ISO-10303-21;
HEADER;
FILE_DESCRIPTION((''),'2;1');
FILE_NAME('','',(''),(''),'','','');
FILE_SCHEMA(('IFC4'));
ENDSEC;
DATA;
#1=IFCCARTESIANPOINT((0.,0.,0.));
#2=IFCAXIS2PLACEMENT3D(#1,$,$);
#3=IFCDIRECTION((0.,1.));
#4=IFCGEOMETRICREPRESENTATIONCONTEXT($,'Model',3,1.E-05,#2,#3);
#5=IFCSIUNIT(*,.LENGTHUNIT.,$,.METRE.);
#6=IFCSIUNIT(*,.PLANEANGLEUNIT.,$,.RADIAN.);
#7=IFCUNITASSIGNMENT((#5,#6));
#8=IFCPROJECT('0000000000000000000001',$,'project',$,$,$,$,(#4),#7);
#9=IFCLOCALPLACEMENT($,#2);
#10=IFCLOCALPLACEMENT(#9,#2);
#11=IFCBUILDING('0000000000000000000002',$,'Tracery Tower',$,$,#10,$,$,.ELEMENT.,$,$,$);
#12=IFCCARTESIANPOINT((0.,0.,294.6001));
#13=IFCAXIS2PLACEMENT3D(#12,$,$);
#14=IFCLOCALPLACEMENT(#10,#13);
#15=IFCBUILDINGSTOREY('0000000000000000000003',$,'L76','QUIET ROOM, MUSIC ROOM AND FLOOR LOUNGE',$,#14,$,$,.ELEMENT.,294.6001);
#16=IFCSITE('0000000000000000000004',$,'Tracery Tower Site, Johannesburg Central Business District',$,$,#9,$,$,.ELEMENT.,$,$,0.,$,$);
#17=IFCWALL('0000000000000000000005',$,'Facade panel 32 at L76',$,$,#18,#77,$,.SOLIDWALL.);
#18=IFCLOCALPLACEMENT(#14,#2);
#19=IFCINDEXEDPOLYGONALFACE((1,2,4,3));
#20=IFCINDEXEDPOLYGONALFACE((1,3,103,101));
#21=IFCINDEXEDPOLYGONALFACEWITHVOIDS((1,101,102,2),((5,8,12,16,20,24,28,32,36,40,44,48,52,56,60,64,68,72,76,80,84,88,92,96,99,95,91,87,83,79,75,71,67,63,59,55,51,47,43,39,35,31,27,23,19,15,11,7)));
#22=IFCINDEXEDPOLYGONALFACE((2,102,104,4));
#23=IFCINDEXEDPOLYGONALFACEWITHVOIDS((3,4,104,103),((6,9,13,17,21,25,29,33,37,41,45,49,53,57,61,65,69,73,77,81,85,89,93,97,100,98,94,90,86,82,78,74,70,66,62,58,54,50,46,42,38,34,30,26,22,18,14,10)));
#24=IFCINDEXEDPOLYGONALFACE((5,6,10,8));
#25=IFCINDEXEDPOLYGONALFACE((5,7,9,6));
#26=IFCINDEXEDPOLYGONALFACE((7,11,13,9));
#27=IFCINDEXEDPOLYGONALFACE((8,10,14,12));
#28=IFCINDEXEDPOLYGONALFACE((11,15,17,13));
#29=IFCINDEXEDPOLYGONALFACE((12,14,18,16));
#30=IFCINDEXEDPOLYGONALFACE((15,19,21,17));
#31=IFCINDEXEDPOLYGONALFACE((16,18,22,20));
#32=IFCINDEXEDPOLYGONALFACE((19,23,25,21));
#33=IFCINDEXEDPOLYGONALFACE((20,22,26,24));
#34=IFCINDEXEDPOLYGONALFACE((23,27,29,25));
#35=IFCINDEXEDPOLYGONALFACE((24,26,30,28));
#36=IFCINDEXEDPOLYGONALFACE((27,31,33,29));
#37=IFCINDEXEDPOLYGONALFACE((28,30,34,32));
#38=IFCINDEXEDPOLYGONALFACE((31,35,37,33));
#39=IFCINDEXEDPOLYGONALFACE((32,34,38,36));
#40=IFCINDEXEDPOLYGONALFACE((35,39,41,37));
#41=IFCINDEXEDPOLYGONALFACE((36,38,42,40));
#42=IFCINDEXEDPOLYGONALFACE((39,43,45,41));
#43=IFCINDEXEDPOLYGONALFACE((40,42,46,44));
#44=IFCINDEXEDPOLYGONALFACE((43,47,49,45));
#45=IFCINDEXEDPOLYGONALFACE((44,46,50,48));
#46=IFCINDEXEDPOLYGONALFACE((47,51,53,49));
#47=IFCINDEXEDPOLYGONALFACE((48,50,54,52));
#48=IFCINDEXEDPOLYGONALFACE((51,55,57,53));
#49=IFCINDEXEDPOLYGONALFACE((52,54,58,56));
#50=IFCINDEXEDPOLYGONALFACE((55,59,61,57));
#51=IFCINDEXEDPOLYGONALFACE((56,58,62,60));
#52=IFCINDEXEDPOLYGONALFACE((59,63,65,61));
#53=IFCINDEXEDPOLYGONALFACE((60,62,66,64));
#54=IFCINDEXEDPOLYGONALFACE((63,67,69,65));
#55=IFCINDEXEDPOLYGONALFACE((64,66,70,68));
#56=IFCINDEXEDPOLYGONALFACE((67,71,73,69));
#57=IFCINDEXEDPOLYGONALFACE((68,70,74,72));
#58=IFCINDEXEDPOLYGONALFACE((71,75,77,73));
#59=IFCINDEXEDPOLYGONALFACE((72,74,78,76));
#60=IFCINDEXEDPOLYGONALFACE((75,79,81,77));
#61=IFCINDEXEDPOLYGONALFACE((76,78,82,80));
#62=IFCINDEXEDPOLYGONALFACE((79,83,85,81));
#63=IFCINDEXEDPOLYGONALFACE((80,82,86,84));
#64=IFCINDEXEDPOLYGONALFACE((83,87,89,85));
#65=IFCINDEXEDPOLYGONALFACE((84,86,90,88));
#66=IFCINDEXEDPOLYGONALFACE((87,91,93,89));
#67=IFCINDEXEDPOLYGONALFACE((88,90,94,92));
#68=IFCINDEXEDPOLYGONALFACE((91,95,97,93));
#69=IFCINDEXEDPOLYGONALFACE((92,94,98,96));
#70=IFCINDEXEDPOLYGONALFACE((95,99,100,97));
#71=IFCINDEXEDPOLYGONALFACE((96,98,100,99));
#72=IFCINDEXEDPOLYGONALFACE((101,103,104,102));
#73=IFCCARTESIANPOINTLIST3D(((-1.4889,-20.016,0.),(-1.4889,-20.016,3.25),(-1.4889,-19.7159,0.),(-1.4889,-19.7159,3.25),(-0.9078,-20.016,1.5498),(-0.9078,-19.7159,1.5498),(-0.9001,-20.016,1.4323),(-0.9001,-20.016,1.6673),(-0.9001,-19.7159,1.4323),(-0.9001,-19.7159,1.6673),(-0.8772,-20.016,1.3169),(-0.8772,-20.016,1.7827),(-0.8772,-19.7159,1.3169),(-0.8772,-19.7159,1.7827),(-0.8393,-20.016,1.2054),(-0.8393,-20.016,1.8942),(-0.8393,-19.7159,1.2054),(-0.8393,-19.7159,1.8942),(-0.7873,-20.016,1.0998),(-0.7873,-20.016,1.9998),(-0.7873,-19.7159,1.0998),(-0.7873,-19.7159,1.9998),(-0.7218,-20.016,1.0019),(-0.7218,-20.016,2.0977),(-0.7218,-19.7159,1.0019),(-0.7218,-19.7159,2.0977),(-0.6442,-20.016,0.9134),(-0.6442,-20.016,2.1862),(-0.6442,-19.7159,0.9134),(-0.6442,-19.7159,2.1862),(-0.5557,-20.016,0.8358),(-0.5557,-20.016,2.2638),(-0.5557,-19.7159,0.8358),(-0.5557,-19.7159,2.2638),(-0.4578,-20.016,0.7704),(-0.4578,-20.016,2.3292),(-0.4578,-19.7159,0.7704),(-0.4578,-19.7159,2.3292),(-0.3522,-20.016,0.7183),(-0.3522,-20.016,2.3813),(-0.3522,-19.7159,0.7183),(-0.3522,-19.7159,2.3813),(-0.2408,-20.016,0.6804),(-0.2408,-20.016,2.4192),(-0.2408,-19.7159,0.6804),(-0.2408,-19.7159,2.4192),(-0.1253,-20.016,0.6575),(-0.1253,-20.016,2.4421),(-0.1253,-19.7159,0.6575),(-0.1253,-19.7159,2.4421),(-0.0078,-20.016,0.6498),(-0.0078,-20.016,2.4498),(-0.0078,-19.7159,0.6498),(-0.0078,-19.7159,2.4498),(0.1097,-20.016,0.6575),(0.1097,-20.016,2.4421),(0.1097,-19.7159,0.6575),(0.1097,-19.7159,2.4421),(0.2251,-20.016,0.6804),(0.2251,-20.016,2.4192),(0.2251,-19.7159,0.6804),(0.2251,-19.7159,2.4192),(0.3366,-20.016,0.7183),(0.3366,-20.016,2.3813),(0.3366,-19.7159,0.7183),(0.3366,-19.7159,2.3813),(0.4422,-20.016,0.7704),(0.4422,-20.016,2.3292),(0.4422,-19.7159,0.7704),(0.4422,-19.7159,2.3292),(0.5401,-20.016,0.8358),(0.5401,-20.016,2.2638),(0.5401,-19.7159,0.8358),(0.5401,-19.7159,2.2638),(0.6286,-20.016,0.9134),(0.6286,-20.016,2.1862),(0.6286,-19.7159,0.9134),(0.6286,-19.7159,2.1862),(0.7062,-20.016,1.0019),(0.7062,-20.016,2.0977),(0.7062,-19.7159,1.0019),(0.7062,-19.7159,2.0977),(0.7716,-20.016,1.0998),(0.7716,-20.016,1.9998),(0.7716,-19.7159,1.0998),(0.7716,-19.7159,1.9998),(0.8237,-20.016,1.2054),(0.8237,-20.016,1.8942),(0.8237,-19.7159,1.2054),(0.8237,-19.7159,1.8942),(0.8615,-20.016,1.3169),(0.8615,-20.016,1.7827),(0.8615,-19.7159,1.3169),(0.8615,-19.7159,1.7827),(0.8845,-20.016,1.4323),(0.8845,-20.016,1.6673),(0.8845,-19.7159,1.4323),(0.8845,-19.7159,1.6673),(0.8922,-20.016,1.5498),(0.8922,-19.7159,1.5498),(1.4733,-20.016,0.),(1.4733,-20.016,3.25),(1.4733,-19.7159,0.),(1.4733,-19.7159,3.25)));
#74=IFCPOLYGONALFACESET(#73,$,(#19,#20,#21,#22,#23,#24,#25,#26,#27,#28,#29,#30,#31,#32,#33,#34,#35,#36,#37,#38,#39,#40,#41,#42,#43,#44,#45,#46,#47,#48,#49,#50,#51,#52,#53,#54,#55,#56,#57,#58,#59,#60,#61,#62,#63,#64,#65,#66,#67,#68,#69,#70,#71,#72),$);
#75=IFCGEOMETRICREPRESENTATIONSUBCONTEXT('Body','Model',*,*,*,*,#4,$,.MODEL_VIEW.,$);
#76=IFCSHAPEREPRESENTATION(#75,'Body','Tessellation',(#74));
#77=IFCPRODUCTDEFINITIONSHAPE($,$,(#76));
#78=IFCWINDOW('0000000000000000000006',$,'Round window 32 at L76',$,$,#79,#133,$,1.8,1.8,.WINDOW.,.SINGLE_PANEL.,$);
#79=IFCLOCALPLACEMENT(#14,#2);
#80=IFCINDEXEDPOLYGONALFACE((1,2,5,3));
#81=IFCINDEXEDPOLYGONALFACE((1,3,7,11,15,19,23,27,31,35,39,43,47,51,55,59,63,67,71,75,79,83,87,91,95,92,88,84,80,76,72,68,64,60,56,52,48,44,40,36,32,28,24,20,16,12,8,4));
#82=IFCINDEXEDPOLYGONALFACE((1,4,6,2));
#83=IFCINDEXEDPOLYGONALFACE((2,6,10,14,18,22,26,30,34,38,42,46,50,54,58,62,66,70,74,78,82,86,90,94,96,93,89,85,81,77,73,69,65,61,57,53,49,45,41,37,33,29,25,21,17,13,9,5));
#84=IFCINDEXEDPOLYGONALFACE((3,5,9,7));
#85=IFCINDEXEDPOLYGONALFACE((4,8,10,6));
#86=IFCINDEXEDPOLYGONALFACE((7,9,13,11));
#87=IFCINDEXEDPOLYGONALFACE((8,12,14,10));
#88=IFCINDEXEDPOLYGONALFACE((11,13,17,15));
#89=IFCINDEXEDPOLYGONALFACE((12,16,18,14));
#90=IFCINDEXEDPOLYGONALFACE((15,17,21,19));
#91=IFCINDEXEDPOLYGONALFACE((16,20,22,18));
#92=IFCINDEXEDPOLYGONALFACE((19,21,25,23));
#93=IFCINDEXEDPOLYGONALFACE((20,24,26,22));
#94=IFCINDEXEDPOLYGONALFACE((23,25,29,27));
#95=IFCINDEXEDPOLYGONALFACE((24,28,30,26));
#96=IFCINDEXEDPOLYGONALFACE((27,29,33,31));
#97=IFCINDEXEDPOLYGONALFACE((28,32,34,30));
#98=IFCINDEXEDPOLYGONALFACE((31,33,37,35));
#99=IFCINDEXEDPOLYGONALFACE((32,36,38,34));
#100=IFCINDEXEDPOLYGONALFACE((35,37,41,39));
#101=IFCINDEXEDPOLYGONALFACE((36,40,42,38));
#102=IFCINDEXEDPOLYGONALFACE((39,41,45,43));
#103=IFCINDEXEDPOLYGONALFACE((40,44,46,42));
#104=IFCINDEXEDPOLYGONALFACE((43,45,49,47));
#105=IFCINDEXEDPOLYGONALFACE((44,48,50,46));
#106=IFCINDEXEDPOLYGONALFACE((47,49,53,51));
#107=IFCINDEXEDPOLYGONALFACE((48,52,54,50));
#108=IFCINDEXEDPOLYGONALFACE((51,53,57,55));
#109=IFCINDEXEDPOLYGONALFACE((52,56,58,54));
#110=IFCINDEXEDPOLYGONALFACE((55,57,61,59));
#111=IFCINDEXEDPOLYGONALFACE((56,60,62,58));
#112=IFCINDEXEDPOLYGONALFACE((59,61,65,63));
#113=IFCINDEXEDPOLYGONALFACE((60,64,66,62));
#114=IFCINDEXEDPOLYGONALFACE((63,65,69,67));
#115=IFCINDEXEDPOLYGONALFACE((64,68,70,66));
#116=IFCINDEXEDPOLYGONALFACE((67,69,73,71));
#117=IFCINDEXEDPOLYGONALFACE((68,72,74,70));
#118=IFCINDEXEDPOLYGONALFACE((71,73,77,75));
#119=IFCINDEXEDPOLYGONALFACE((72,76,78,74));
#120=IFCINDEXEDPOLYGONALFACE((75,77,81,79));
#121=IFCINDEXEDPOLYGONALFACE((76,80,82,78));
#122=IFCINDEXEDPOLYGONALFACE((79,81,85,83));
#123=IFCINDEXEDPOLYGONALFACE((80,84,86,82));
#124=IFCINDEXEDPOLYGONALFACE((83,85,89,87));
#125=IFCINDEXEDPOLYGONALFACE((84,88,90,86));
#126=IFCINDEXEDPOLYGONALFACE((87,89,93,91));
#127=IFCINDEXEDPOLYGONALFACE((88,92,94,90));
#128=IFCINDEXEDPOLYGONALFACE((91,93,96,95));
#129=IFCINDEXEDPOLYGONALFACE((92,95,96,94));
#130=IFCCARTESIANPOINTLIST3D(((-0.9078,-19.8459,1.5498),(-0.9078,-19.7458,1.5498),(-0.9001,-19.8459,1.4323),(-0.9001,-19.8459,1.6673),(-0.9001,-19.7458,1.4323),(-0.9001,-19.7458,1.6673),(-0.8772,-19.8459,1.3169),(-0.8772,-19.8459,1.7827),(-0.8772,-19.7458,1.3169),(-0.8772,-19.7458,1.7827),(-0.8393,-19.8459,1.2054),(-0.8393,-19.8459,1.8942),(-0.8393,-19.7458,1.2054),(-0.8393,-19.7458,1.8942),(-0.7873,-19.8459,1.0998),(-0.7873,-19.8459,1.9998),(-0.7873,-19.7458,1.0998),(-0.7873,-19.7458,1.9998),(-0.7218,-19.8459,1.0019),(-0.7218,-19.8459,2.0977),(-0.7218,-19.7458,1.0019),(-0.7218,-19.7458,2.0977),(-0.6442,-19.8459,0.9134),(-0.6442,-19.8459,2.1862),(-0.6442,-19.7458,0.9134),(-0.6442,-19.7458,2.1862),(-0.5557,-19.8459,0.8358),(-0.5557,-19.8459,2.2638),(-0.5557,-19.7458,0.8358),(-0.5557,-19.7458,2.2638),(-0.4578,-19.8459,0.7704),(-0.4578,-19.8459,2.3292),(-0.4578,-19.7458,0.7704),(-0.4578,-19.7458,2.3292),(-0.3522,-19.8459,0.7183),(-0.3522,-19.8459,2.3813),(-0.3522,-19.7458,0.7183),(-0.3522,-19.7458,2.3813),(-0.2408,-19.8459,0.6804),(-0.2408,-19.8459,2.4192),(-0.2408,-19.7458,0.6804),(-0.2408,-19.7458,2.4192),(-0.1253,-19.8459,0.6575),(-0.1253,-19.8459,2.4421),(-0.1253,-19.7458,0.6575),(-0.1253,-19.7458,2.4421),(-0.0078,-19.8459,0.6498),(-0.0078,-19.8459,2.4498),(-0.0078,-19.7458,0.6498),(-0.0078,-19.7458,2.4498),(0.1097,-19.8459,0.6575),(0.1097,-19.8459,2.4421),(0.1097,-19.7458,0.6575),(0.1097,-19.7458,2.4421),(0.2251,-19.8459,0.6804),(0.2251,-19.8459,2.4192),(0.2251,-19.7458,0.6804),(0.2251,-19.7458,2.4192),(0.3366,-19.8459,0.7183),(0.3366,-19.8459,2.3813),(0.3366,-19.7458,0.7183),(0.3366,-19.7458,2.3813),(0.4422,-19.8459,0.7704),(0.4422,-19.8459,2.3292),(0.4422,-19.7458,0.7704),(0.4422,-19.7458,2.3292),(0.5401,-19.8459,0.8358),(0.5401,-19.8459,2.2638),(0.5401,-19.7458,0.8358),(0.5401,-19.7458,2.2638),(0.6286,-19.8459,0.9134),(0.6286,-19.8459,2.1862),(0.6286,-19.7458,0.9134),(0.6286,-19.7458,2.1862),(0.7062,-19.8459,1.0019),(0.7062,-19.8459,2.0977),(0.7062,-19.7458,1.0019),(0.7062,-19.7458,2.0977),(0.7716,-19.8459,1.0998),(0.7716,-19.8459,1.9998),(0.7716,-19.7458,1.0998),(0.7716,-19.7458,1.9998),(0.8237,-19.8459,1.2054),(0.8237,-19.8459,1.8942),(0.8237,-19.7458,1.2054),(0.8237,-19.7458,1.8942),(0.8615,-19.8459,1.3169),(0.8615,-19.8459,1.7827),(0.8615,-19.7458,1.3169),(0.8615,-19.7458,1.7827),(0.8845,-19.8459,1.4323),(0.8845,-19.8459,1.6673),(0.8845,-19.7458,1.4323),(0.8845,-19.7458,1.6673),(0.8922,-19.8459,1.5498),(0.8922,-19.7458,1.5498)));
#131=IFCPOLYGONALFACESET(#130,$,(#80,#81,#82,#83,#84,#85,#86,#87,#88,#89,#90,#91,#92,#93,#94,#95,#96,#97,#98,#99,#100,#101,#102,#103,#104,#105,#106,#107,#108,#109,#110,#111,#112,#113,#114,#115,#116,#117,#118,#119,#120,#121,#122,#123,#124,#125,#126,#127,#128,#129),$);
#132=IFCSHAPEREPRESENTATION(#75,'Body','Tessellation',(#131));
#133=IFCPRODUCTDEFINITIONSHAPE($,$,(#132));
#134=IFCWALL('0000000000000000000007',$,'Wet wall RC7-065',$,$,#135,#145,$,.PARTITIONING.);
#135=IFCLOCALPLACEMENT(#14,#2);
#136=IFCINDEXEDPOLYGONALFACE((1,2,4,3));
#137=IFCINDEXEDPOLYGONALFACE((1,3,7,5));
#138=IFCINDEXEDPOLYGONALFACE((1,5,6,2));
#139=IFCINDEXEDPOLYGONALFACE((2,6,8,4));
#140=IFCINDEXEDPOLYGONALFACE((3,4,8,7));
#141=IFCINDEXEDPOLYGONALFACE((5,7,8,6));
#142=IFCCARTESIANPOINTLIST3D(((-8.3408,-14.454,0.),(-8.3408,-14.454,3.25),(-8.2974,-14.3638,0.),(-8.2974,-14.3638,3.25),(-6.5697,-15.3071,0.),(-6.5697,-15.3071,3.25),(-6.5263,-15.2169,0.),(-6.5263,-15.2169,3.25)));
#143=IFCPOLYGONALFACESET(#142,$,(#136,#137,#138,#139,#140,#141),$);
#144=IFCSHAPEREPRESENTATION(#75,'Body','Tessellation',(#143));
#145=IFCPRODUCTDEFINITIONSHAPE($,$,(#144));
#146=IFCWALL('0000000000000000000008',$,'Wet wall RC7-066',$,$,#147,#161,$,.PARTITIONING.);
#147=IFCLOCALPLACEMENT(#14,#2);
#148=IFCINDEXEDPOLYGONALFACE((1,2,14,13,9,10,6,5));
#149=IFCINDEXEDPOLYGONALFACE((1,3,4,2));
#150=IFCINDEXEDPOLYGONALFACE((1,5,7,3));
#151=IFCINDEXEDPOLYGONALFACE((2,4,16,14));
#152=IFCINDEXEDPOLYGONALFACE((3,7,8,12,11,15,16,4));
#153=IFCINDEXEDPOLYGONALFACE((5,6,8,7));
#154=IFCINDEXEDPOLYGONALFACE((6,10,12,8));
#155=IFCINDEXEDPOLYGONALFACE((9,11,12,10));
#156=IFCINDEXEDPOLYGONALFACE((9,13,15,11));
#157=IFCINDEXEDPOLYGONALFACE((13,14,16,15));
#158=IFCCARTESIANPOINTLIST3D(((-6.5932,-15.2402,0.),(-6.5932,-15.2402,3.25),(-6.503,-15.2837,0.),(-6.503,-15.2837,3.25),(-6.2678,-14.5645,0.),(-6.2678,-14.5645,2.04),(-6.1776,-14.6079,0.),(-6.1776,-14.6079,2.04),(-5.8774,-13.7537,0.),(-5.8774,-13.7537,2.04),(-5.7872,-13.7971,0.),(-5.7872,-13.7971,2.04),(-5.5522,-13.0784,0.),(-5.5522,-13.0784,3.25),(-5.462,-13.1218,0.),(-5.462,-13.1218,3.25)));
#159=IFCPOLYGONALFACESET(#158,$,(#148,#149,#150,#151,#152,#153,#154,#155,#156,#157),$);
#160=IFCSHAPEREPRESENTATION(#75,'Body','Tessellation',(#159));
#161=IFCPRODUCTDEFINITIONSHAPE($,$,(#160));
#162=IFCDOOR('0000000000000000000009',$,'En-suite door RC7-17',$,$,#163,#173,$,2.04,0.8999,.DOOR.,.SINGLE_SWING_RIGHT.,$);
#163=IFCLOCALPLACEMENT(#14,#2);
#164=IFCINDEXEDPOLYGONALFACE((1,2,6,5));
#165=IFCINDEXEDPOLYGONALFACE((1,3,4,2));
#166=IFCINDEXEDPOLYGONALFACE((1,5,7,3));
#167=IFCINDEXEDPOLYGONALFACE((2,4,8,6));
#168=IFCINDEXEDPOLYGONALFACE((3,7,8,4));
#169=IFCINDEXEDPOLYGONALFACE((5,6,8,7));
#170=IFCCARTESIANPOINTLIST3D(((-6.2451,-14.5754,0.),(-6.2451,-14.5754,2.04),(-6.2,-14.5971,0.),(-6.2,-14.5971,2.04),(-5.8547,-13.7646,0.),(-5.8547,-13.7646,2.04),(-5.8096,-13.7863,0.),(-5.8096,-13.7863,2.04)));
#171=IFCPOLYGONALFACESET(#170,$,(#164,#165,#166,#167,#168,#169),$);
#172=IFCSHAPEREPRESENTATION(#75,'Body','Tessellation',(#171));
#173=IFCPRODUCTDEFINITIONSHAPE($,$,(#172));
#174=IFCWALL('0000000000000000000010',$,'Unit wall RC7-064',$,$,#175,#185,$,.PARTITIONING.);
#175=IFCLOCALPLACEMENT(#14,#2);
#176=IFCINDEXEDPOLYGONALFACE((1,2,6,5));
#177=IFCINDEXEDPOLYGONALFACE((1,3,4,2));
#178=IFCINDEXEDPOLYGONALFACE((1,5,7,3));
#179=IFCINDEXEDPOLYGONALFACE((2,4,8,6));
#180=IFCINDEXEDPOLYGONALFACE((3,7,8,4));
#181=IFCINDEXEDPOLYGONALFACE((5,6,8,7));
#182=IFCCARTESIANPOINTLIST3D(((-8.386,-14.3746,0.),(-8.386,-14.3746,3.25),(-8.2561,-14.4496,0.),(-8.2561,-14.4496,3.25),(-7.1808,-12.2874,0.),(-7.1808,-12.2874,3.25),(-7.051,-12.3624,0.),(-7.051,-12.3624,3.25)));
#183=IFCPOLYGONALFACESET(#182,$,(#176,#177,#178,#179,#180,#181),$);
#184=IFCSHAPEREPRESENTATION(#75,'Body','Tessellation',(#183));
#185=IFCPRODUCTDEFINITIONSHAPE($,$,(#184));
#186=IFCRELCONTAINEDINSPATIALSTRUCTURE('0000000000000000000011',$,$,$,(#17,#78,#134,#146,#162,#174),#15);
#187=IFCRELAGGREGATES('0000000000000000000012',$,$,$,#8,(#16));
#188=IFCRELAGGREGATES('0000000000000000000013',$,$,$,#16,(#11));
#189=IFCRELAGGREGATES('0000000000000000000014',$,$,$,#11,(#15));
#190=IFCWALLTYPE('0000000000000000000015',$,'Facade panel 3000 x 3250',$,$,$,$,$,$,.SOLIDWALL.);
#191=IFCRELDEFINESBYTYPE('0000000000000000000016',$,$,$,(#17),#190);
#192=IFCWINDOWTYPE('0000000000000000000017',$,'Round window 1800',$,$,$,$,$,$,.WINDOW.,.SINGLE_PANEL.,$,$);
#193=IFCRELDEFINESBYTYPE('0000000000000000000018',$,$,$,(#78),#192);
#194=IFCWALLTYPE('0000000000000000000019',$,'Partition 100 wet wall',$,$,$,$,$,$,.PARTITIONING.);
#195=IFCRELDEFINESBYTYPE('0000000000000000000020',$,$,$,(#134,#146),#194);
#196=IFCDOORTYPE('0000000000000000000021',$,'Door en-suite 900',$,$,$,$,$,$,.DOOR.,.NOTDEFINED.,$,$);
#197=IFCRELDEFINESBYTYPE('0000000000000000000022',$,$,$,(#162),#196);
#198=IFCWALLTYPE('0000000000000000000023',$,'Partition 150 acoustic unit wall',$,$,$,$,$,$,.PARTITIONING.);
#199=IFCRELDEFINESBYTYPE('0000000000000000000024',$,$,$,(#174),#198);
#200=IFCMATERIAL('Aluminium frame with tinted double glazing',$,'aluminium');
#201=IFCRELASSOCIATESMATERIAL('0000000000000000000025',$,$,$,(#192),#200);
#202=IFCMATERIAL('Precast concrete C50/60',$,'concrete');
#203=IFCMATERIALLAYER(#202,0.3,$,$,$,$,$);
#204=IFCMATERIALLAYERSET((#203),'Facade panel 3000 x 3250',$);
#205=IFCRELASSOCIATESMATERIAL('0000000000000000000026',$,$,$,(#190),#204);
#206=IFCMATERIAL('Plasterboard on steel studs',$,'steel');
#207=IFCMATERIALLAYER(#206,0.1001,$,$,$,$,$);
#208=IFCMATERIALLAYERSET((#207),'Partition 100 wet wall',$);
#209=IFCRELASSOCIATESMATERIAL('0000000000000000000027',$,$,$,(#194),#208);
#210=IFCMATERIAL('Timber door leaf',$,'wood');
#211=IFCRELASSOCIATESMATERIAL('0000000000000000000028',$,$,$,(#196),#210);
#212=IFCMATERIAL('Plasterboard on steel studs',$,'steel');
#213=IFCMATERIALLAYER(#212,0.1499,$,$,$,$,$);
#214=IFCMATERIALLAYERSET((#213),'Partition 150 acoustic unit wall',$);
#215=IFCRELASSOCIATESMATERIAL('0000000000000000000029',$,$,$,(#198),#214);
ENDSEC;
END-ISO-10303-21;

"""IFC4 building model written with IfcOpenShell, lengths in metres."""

from ifc_helpers import new_model, si_unit, direction, frame, frame_2d, origin, origin_2d, place, context, subcontext, project, spatial, rectangle, circle, extrude, material, layer, layer_set, type_object, element, fill, save


model = new_model("IFC4")

# Units and contexts
model_context = context("Model", 3, precision=1e-05, world=origin(), true_north=direction((0.0, 1.0)))
body_context = subcontext(model_context, "Body", "Model", "MODEL_VIEW")
ifc_project = project(units=[si_unit("LENGTHUNIT", "METRE"), si_unit("PLANEANGLEUNIT", "RADIAN")], contexts=[model_context])

# Site, building, storey
site_placement = place(None, origin())
site = spatial("IfcSite", under=ifc_project, at=site_placement, Name="Tracery Tower Site, Johannesburg Central Business District", CompositionType="ELEMENT", RefElevation=0.0)
building_placement = place(site_placement, origin())
building = spatial("IfcBuilding", under=site, at=building_placement, Name="Tracery Tower", CompositionType="ELEMENT")
storey_placement = place(building_placement, frame((0.0, 0.0, 294.6001)))
storey = spatial("IfcBuildingStorey", under=building, at=storey_placement, Name="L76", Description="QUIET ROOM, MUSIC ROOM AND FLOOR LOUNGE", CompositionType="ELEMENT", Elevation=294.6001)

# Wall, opening, window
ifc_material_1 = material(Name="Aluminium frame with tinted double glazing", Category="aluminium")
window_type = type_object("IfcWindowType", Name="Round window 1800", PartitioningType="SINGLE_PANEL", PredefinedType="WINDOW", material=ifc_material_1)
ifc_material_2 = material(Name="Precast concrete C50/60", Category="concrete")
ifc_layer_1 = layer(ifc_material_2, 0.3)
ifc_layer_set_1 = layer_set([ifc_layer_1], Name="Facade panel 3000 x 3250")
wall_type_1 = type_object("IfcWallType", Name="Facade panel 3000 x 3250", PredefinedType="SOLIDWALL", material=ifc_layer_set_1)
wall_1_placement = place(storey_placement, frame((-1.4888, -19.866, 0.0), z_axis=(0.0, 0.0, 1.0), x_axis=(1.0, 0.0, 0.0)))
wall_1 = element("IfcWall", 1, at=wall_1_placement, inside=storey, type_object=wall_type_1, Name="Facade panel 32 at L76", PredefinedType="SOLIDWALL", context=body_context, shape_type="SweptSolid", body=[
    extrude(rectangle(XDim=2.9622, YDim=0.3, at=frame_2d((1.481, 0.0))), origin(), (0.0, 0.0, 1.0), 3.25),
])
opening_1_placement = place(wall_1_placement, frame((1.481, 0.0, 1.5498)))
opening_1 = element("IfcOpeningElement", 2, at=opening_1_placement, cuts=wall_1, PredefinedType="OPENING", context=body_context, shape_type="SweptSolid", body=[
    extrude(circle(Radius=0.9, at=origin_2d()), frame((0.0, 0.1599, 0.0), z_axis=(0.0, -1.0, 0.0), x_axis=(1.0, 0.0, 0.0)), (0.0, 0.0, 1.0), 0.3201),
])
window_1_placement = place(opening_1_placement, origin())
window_1 = element("IfcWindow", 3, at=window_1_placement, inside=storey, type_object=window_type, Name="Round window 32 at L76", OverallHeight=1.8, OverallWidth=1.8, PartitioningType="SINGLE_PANEL", PredefinedType="WINDOW", context=body_context, shape_type="SweptSolid", body=[
    extrude(circle(Radius=0.9, at=origin_2d()), frame((0.0, 0.1201, 0.0), z_axis=(0.0, -1.0, 0.0), x_axis=(1.0, 0.0, 0.0)), (0.0, 0.0, 1.0), 0.1001),
])
fill(opening_1, window_1)

# Wall
ifc_material_3 = material(Name="Plasterboard on steel studs", Category="steel")
ifc_layer_2 = layer(ifc_material_3, 0.1001)
ifc_layer_set_2 = layer_set([ifc_layer_2], Name="Partition 100 wet wall")
wall_type_2 = type_object("IfcWallType", Name="Partition 100 wet wall", PredefinedType="PARTITIONING", material=ifc_layer_set_2)
wall_2_placement = place(storey_placement, frame((-8.3191, -14.4089, 0.0), z_axis=(0.0, 0.0, 1.0), x_axis=(0.900937, -0.43395, 0.0)))
element("IfcWall", 4, at=wall_2_placement, inside=storey, type_object=wall_type_2, Name="Wet wall RC7-065", PredefinedType="PARTITIONING", context=body_context, shape_type="SweptSolid", body=[
    extrude(rectangle(XDim=1.9658, YDim=0.1001, at=frame_2d((0.9829, 0.0))), origin(), (0.0, 0.0, 1.0), 3.25),
])

# Wall, opening, door
wall_3_placement = place(storey_placement, frame((-6.5481, -15.262, 0.0), z_axis=(0.0, 0.0, 1.0), x_axis=(0.433855, 0.900983, 0.0)))
wall_3 = element("IfcWall", 5, at=wall_3_placement, inside=storey, type_object=wall_type_2, Name="Wet wall RC7-066", PredefinedType="PARTITIONING", context=body_context, shape_type="SweptSolid", body=[
    extrude(rectangle(XDim=2.3994, YDim=0.1001, at=frame_2d((1.1997, 0.0))), origin(), (0.0, 0.0, 1.0), 3.25),
])
opening_2_placement = place(wall_3_placement, frame((0.75, 0.0, 0.0)))
opening_2 = element("IfcOpeningElement", 6, at=opening_2_placement, cuts=wall_3, PredefinedType="OPENING", context=body_context, shape_type="SweptSolid", body=[
    extrude(rectangle(XDim=0.8999, YDim=2.04, at=frame_2d((0.45, 1.02))), frame((0.0, 0.05, 0.0), z_axis=(0.0, -1.0, 0.0), x_axis=(1.0, 0.0, 0.0)), (0.0, 0.0, 1.0), 0.1001),
])
ifc_material_4 = material(Name="Timber door leaf", Category="wood")
door_type_1 = type_object("IfcDoorType", Name="Door en-suite 900", OperationType="NOTDEFINED", PredefinedType="DOOR", material=ifc_material_4)
door_1_placement = place(opening_2_placement, origin())
door_1 = element("IfcDoor", 7, at=door_1_placement, inside=storey, type_object=door_type_1, Name="En-suite door RC7-17", OperationType="SINGLE_SWING_RIGHT", OverallHeight=2.04, OverallWidth=0.8999, PredefinedType="DOOR", context=body_context, shape_type="SweptSolid", body=[
    extrude(rectangle(XDim=0.8999, YDim=2.04, at=frame_2d((0.45, 1.02))), frame((0.0, 0.0249, 0.0), z_axis=(0.0, -1.0, 0.0), x_axis=(1.0, 0.0, 0.0)), (0.0, 0.0, 1.0), 0.05),
])
fill(opening_2, door_1)

# Wall
ifc_material_5 = material(Name="Plasterboard on steel studs", Category="steel")
ifc_layer_3 = layer(ifc_material_5, 0.1499)
ifc_layer_set_3 = layer_set([ifc_layer_3], Name="Partition 150 acoustic unit wall")
wall_type_3 = type_object("IfcWallType", Name="Partition 150 acoustic unit wall", PredefinedType="PARTITIONING", material=ifc_layer_set_3)
wall_4_placement = place(storey_placement, frame((-8.321, -14.4121, 0.0), z_axis=(0.0, 0.0, 1.0), x_axis=(0.500018, 0.866015, 0.0)))
element("IfcWall", 8, at=wall_4_placement, inside=storey, type_object=wall_type_3, Name="Unit wall RC7-064", PredefinedType="PARTITIONING", context=body_context, shape_type="SweptSolid", body=[
    extrude(rectangle(XDim=2.4102, YDim=0.1499, at=frame_2d((1.2051, 0.0))), origin(), (0.0, 0.0, 1.0), 3.25),
])

save(model, "model.ifc")
